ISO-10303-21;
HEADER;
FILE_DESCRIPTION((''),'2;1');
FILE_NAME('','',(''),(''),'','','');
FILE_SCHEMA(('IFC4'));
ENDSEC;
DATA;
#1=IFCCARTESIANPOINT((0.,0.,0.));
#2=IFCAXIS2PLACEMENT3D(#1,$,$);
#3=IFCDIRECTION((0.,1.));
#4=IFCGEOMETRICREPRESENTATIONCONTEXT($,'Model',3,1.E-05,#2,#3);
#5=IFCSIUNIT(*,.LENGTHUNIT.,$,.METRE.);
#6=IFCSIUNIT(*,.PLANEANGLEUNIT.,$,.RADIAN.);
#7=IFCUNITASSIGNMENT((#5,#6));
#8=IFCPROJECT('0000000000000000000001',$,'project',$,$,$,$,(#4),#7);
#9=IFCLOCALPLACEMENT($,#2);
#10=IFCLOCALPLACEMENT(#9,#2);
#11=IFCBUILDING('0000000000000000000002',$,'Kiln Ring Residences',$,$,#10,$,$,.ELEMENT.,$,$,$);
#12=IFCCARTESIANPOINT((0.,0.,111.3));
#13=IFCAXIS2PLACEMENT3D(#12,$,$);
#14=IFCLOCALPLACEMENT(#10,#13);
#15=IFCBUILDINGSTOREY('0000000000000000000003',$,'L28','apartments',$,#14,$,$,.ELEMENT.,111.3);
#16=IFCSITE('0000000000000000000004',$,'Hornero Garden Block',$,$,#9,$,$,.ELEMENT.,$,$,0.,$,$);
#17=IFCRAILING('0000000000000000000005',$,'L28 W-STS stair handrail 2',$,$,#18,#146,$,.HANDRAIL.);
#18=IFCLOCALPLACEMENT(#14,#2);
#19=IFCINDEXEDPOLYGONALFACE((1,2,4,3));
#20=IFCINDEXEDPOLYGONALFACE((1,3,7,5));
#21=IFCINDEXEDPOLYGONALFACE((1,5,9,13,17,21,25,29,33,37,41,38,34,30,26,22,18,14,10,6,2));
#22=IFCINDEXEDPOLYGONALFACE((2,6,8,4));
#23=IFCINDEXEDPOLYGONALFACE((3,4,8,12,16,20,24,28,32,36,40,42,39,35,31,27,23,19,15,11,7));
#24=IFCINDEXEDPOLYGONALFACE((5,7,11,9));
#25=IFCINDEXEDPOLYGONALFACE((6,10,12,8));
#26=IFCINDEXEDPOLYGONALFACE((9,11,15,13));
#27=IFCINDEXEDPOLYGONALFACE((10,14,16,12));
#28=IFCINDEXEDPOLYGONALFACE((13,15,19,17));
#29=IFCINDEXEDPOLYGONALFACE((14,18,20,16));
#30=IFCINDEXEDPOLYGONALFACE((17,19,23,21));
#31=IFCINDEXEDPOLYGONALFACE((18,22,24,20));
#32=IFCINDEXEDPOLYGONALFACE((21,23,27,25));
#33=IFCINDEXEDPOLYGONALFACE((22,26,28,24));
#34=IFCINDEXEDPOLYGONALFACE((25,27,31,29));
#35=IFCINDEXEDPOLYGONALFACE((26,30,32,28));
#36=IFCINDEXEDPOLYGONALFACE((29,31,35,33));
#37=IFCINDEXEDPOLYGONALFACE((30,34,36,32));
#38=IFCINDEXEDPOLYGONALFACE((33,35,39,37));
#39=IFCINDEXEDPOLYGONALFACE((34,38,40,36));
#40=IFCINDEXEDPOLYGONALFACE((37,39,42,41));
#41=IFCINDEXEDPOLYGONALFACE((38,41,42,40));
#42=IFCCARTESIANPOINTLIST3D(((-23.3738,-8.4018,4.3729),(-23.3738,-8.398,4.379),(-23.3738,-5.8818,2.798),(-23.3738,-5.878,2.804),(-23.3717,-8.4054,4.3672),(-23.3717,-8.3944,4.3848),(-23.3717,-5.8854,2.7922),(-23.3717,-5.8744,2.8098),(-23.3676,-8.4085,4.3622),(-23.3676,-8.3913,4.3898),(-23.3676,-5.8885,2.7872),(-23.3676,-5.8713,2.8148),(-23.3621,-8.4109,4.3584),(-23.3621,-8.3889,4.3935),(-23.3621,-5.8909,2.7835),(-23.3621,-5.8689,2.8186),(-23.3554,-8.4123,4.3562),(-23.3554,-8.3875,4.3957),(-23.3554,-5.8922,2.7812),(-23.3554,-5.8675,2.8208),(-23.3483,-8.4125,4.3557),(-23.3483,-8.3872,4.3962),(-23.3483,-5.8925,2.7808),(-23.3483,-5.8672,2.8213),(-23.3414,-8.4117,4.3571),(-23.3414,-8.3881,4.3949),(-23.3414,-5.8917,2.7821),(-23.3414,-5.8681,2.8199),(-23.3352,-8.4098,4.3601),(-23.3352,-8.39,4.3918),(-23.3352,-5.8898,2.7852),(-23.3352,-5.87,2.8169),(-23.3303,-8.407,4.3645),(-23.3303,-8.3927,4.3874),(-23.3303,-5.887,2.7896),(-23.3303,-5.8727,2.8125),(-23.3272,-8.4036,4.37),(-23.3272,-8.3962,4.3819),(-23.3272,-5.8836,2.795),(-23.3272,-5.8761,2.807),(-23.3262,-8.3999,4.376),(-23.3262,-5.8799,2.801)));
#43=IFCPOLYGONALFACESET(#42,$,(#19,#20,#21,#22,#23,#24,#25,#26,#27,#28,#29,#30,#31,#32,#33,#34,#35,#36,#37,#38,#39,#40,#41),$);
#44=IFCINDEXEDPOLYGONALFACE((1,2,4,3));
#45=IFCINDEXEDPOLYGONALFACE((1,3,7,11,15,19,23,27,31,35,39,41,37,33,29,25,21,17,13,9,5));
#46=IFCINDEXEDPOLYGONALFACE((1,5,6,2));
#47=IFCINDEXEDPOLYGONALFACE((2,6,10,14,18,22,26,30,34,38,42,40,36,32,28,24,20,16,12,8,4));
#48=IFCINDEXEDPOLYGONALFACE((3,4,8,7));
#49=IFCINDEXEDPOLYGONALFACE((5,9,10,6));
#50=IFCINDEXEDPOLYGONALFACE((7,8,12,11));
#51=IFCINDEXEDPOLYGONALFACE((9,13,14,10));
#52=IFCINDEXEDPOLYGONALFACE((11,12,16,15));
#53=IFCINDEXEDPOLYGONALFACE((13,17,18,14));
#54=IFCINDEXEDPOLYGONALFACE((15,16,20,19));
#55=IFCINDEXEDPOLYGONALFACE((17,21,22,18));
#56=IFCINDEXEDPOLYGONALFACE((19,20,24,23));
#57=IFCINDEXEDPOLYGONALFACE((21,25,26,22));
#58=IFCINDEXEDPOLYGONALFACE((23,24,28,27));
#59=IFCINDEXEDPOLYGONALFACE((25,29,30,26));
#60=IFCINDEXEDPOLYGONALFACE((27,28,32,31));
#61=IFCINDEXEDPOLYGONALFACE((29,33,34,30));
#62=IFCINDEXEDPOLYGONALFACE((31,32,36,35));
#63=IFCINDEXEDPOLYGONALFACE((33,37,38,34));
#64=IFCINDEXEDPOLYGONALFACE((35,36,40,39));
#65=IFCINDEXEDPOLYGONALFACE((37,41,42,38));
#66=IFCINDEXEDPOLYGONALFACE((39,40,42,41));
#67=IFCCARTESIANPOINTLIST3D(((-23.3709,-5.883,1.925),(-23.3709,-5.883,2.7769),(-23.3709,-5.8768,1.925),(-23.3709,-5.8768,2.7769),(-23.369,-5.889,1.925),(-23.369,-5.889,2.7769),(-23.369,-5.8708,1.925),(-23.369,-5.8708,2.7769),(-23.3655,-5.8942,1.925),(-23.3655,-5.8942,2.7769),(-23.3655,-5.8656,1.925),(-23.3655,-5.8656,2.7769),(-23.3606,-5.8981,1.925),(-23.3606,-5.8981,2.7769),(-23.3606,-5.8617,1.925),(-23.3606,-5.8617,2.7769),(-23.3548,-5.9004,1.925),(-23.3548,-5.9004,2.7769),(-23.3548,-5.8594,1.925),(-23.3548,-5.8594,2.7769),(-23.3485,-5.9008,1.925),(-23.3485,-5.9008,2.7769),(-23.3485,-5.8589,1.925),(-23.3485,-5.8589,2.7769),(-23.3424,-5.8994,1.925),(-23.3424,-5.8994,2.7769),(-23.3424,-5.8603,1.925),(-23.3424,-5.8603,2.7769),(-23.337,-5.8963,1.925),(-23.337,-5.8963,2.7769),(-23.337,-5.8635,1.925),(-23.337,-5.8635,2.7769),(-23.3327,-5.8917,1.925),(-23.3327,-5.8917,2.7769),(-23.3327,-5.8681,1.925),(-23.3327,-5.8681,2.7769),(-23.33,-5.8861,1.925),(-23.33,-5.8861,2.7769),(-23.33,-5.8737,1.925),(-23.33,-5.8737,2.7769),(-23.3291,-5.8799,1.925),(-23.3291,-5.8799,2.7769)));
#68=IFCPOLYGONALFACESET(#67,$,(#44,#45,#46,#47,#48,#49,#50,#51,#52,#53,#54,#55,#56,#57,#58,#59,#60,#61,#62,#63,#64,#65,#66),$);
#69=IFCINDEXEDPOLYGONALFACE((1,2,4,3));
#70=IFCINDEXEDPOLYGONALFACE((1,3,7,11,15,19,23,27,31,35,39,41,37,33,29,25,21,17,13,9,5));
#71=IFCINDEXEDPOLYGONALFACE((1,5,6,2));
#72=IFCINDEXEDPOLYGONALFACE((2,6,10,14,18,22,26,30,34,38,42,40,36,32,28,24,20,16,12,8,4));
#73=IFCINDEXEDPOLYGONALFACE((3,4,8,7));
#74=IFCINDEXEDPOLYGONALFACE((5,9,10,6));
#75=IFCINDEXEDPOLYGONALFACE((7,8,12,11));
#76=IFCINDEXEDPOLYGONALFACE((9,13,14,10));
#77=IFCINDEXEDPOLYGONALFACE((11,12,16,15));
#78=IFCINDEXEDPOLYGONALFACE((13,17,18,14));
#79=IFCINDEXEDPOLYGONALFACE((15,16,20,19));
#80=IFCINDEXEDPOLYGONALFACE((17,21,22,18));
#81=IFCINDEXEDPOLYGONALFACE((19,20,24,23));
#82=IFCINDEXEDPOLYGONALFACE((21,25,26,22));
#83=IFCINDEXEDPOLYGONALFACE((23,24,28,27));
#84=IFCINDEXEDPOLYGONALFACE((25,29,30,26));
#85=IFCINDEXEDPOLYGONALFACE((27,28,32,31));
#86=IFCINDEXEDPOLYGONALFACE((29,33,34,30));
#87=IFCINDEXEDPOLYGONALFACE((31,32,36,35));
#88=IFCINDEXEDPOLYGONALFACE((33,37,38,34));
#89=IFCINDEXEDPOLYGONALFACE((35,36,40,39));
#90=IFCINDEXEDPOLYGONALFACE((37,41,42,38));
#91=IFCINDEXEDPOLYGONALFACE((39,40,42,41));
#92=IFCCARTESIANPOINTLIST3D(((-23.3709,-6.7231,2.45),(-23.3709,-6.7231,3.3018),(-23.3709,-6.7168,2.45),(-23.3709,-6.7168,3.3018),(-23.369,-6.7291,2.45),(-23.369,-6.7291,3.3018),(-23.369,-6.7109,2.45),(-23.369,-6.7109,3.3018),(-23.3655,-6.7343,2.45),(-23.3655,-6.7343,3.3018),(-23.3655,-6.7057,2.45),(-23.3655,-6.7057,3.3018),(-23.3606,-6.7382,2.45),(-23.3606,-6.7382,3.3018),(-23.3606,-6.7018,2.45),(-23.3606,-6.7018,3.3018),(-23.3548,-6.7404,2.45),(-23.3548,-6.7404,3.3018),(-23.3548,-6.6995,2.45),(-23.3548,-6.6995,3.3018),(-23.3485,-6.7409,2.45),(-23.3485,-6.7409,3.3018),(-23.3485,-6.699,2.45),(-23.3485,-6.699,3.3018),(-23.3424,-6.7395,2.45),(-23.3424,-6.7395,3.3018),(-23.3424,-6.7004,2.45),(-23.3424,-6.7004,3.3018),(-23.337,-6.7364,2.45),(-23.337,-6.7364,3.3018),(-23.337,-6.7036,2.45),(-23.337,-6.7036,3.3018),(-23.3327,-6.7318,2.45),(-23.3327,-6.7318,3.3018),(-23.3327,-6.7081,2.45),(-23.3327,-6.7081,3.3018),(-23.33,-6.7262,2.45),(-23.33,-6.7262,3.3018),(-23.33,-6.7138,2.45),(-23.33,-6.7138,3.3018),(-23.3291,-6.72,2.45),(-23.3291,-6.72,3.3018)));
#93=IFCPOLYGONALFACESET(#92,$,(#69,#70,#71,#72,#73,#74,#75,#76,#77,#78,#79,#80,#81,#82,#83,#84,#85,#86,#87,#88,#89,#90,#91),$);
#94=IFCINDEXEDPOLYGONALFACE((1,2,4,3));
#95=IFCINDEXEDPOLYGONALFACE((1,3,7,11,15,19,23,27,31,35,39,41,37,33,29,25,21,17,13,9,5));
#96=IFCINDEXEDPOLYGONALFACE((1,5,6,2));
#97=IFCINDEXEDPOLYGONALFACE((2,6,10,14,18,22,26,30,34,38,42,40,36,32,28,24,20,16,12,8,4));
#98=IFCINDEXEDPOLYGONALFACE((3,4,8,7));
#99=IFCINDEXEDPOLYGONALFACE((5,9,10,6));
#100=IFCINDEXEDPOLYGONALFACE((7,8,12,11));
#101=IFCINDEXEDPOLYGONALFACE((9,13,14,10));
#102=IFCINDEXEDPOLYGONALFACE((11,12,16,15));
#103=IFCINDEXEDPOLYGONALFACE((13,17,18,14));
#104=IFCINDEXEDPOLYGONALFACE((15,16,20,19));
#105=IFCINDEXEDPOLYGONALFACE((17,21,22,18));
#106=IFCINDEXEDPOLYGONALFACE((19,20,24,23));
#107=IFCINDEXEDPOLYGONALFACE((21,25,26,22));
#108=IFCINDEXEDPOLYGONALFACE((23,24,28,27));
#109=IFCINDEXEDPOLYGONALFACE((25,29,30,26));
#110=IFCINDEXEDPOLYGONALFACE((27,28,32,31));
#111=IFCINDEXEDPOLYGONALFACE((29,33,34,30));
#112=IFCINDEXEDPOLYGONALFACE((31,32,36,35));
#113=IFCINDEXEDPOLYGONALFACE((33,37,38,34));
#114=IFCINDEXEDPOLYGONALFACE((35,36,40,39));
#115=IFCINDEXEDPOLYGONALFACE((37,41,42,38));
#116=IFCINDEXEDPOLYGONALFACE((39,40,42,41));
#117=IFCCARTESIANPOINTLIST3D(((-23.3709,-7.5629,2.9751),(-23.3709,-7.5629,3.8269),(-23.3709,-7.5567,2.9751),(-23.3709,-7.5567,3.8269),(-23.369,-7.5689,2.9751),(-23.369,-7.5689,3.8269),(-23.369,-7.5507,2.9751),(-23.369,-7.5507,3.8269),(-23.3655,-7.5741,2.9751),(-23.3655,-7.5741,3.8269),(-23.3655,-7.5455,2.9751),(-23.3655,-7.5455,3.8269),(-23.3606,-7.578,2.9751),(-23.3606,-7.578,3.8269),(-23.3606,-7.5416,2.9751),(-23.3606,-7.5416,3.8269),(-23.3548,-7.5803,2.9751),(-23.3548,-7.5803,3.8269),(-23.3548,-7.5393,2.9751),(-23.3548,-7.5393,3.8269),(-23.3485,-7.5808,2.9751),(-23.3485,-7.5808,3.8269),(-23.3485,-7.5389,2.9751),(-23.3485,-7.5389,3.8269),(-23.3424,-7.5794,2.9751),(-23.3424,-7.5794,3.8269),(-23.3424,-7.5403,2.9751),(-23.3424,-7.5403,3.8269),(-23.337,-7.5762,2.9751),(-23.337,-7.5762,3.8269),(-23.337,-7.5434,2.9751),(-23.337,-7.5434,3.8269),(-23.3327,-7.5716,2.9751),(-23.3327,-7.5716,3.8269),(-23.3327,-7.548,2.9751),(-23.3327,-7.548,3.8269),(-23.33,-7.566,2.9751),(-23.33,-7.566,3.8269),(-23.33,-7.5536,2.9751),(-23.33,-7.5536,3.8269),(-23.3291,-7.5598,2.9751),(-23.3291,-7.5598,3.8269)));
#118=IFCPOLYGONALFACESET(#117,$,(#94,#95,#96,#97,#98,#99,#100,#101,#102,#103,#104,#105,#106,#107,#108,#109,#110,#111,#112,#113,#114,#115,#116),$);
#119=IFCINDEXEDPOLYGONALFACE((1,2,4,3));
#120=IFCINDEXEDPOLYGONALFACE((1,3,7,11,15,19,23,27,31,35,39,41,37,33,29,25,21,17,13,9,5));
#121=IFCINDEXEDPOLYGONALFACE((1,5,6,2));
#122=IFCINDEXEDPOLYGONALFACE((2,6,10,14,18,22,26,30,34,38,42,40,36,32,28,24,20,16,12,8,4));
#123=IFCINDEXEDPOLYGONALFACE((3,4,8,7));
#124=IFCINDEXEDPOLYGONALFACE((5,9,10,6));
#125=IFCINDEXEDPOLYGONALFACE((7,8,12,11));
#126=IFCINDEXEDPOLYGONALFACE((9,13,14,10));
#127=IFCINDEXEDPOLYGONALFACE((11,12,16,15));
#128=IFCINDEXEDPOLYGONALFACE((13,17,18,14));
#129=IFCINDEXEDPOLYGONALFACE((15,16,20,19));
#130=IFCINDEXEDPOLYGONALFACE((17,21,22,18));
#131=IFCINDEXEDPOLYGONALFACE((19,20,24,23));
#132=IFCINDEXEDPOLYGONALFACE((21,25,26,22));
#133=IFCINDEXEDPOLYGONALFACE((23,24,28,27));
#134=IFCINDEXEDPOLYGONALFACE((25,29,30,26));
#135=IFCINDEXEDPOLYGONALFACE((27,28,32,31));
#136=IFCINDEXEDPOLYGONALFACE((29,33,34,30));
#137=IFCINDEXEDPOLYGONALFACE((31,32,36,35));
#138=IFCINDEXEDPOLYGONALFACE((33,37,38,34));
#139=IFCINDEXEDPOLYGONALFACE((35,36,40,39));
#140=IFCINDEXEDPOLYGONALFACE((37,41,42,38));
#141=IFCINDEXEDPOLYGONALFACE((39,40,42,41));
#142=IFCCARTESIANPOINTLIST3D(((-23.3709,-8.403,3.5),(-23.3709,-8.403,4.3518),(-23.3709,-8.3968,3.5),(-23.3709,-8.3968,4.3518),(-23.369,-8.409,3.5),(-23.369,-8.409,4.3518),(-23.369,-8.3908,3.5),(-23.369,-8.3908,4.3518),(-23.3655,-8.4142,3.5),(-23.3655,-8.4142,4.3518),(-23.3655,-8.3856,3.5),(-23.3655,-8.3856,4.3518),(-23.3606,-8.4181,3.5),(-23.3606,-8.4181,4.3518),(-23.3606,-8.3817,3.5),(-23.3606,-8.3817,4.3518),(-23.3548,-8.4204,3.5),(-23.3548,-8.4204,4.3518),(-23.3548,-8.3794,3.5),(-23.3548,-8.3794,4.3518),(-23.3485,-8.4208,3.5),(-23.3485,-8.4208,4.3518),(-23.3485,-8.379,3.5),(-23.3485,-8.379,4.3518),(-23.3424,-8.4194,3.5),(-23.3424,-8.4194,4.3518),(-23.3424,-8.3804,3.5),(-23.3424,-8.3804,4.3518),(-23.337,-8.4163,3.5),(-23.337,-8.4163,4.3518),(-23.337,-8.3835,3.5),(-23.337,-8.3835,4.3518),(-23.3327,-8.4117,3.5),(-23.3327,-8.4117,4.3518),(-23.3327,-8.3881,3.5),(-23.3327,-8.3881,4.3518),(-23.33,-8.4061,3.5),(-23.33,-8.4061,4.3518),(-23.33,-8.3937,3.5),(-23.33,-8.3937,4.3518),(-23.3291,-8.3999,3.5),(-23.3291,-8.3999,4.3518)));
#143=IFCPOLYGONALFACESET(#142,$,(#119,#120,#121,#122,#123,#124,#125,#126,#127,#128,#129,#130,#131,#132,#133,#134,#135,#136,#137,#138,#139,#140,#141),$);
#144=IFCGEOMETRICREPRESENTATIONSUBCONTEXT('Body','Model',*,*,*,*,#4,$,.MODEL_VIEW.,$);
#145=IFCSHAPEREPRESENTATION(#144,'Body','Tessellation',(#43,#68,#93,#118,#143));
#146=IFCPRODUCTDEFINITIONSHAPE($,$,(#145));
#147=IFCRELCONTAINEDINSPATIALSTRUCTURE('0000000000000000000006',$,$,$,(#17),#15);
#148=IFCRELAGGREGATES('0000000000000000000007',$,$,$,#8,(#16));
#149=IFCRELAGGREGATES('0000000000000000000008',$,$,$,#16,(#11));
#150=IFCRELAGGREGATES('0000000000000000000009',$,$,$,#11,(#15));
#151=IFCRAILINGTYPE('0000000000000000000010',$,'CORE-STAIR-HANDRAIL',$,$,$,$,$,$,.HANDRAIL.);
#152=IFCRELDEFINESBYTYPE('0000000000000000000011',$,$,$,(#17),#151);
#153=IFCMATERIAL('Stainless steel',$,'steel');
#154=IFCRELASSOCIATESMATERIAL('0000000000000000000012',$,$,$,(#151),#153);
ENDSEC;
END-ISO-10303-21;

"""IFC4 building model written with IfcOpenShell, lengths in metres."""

from ifc_helpers import new_model, si_unit, direction, frame, origin, origin_2d, place, context, subcontext, project, spatial, circle, extrude, material, type_object, element, save


model = new_model("IFC4")

# Units and contexts
model_context = context("Model", 3, precision=1e-05, world=origin(), true_north=direction((0.0, 1.0)))
body_context = subcontext(model_context, "Body", "Model", "MODEL_VIEW")
ifc_project = project(units=[si_unit("LENGTHUNIT", "METRE"), si_unit("PLANEANGLEUNIT", "RADIAN")], contexts=[model_context])

# Site, building, storey
site_placement = place(None, origin())
site = spatial("IfcSite", under=ifc_project, at=site_placement, Name="Hornero Garden Block", CompositionType="ELEMENT", RefElevation=0.0)
building_placement = place(site_placement, origin())
building = spatial("IfcBuilding", under=site, at=building_placement, Name="Kiln Ring Residences", CompositionType="ELEMENT")
storey_placement = place(building_placement, frame((0.0, 0.0, 111.3)))
storey = spatial("IfcBuildingStorey", under=building, at=storey_placement, Name="L28", Description="apartments", CompositionType="ELEMENT", Elevation=111.3)

# Railing
ifc_material_1 = material(Name="Stainless steel", Category="steel")
railing_type_1 = type_object("IfcRailingType", Name="CORE-STAIR-HANDRAIL", PredefinedType="HANDRAIL", material=ifc_material_1)
railing_1_placement = place(storey_placement, frame((-23.3501, -5.8799, 1.925)))
element("IfcRailing", 1, at=railing_1_placement, inside=storey, type_object=railing_type_1, Name="L28 W-STS stair handrail 2", PredefinedType="HANDRAIL", context=body_context, shape_type="SweptSolid", body=[
    extrude(circle(Radius=0.0239, at=origin_2d()), frame((0.0, 0.0, 0.876), z_axis=(0.0, -0.848008, 0.529984), x_axis=(1.0, 0.0, 0.0)), (0.0, 0.0, 1.0), 2.9717),
    extrude(circle(Radius=0.021, at=origin_2d()), origin(), (0.0, 0.0, 1.0), 0.8518),
    extrude(circle(Radius=0.021, at=origin_2d()), frame((0.0, -0.8401, 0.5249)), (0.0, 0.0, 1.0), 0.8518),
    extrude(circle(Radius=0.021, at=origin_2d()), frame((0.0, -1.6799, 1.05)), (0.0, 0.0, 1.0), 0.8518),
    extrude(circle(Radius=0.021, at=origin_2d()), frame((0.0, -2.52, 1.575)), (0.0, 0.0, 1.0), 0.8518),
])

save(model, "model.ifc")
